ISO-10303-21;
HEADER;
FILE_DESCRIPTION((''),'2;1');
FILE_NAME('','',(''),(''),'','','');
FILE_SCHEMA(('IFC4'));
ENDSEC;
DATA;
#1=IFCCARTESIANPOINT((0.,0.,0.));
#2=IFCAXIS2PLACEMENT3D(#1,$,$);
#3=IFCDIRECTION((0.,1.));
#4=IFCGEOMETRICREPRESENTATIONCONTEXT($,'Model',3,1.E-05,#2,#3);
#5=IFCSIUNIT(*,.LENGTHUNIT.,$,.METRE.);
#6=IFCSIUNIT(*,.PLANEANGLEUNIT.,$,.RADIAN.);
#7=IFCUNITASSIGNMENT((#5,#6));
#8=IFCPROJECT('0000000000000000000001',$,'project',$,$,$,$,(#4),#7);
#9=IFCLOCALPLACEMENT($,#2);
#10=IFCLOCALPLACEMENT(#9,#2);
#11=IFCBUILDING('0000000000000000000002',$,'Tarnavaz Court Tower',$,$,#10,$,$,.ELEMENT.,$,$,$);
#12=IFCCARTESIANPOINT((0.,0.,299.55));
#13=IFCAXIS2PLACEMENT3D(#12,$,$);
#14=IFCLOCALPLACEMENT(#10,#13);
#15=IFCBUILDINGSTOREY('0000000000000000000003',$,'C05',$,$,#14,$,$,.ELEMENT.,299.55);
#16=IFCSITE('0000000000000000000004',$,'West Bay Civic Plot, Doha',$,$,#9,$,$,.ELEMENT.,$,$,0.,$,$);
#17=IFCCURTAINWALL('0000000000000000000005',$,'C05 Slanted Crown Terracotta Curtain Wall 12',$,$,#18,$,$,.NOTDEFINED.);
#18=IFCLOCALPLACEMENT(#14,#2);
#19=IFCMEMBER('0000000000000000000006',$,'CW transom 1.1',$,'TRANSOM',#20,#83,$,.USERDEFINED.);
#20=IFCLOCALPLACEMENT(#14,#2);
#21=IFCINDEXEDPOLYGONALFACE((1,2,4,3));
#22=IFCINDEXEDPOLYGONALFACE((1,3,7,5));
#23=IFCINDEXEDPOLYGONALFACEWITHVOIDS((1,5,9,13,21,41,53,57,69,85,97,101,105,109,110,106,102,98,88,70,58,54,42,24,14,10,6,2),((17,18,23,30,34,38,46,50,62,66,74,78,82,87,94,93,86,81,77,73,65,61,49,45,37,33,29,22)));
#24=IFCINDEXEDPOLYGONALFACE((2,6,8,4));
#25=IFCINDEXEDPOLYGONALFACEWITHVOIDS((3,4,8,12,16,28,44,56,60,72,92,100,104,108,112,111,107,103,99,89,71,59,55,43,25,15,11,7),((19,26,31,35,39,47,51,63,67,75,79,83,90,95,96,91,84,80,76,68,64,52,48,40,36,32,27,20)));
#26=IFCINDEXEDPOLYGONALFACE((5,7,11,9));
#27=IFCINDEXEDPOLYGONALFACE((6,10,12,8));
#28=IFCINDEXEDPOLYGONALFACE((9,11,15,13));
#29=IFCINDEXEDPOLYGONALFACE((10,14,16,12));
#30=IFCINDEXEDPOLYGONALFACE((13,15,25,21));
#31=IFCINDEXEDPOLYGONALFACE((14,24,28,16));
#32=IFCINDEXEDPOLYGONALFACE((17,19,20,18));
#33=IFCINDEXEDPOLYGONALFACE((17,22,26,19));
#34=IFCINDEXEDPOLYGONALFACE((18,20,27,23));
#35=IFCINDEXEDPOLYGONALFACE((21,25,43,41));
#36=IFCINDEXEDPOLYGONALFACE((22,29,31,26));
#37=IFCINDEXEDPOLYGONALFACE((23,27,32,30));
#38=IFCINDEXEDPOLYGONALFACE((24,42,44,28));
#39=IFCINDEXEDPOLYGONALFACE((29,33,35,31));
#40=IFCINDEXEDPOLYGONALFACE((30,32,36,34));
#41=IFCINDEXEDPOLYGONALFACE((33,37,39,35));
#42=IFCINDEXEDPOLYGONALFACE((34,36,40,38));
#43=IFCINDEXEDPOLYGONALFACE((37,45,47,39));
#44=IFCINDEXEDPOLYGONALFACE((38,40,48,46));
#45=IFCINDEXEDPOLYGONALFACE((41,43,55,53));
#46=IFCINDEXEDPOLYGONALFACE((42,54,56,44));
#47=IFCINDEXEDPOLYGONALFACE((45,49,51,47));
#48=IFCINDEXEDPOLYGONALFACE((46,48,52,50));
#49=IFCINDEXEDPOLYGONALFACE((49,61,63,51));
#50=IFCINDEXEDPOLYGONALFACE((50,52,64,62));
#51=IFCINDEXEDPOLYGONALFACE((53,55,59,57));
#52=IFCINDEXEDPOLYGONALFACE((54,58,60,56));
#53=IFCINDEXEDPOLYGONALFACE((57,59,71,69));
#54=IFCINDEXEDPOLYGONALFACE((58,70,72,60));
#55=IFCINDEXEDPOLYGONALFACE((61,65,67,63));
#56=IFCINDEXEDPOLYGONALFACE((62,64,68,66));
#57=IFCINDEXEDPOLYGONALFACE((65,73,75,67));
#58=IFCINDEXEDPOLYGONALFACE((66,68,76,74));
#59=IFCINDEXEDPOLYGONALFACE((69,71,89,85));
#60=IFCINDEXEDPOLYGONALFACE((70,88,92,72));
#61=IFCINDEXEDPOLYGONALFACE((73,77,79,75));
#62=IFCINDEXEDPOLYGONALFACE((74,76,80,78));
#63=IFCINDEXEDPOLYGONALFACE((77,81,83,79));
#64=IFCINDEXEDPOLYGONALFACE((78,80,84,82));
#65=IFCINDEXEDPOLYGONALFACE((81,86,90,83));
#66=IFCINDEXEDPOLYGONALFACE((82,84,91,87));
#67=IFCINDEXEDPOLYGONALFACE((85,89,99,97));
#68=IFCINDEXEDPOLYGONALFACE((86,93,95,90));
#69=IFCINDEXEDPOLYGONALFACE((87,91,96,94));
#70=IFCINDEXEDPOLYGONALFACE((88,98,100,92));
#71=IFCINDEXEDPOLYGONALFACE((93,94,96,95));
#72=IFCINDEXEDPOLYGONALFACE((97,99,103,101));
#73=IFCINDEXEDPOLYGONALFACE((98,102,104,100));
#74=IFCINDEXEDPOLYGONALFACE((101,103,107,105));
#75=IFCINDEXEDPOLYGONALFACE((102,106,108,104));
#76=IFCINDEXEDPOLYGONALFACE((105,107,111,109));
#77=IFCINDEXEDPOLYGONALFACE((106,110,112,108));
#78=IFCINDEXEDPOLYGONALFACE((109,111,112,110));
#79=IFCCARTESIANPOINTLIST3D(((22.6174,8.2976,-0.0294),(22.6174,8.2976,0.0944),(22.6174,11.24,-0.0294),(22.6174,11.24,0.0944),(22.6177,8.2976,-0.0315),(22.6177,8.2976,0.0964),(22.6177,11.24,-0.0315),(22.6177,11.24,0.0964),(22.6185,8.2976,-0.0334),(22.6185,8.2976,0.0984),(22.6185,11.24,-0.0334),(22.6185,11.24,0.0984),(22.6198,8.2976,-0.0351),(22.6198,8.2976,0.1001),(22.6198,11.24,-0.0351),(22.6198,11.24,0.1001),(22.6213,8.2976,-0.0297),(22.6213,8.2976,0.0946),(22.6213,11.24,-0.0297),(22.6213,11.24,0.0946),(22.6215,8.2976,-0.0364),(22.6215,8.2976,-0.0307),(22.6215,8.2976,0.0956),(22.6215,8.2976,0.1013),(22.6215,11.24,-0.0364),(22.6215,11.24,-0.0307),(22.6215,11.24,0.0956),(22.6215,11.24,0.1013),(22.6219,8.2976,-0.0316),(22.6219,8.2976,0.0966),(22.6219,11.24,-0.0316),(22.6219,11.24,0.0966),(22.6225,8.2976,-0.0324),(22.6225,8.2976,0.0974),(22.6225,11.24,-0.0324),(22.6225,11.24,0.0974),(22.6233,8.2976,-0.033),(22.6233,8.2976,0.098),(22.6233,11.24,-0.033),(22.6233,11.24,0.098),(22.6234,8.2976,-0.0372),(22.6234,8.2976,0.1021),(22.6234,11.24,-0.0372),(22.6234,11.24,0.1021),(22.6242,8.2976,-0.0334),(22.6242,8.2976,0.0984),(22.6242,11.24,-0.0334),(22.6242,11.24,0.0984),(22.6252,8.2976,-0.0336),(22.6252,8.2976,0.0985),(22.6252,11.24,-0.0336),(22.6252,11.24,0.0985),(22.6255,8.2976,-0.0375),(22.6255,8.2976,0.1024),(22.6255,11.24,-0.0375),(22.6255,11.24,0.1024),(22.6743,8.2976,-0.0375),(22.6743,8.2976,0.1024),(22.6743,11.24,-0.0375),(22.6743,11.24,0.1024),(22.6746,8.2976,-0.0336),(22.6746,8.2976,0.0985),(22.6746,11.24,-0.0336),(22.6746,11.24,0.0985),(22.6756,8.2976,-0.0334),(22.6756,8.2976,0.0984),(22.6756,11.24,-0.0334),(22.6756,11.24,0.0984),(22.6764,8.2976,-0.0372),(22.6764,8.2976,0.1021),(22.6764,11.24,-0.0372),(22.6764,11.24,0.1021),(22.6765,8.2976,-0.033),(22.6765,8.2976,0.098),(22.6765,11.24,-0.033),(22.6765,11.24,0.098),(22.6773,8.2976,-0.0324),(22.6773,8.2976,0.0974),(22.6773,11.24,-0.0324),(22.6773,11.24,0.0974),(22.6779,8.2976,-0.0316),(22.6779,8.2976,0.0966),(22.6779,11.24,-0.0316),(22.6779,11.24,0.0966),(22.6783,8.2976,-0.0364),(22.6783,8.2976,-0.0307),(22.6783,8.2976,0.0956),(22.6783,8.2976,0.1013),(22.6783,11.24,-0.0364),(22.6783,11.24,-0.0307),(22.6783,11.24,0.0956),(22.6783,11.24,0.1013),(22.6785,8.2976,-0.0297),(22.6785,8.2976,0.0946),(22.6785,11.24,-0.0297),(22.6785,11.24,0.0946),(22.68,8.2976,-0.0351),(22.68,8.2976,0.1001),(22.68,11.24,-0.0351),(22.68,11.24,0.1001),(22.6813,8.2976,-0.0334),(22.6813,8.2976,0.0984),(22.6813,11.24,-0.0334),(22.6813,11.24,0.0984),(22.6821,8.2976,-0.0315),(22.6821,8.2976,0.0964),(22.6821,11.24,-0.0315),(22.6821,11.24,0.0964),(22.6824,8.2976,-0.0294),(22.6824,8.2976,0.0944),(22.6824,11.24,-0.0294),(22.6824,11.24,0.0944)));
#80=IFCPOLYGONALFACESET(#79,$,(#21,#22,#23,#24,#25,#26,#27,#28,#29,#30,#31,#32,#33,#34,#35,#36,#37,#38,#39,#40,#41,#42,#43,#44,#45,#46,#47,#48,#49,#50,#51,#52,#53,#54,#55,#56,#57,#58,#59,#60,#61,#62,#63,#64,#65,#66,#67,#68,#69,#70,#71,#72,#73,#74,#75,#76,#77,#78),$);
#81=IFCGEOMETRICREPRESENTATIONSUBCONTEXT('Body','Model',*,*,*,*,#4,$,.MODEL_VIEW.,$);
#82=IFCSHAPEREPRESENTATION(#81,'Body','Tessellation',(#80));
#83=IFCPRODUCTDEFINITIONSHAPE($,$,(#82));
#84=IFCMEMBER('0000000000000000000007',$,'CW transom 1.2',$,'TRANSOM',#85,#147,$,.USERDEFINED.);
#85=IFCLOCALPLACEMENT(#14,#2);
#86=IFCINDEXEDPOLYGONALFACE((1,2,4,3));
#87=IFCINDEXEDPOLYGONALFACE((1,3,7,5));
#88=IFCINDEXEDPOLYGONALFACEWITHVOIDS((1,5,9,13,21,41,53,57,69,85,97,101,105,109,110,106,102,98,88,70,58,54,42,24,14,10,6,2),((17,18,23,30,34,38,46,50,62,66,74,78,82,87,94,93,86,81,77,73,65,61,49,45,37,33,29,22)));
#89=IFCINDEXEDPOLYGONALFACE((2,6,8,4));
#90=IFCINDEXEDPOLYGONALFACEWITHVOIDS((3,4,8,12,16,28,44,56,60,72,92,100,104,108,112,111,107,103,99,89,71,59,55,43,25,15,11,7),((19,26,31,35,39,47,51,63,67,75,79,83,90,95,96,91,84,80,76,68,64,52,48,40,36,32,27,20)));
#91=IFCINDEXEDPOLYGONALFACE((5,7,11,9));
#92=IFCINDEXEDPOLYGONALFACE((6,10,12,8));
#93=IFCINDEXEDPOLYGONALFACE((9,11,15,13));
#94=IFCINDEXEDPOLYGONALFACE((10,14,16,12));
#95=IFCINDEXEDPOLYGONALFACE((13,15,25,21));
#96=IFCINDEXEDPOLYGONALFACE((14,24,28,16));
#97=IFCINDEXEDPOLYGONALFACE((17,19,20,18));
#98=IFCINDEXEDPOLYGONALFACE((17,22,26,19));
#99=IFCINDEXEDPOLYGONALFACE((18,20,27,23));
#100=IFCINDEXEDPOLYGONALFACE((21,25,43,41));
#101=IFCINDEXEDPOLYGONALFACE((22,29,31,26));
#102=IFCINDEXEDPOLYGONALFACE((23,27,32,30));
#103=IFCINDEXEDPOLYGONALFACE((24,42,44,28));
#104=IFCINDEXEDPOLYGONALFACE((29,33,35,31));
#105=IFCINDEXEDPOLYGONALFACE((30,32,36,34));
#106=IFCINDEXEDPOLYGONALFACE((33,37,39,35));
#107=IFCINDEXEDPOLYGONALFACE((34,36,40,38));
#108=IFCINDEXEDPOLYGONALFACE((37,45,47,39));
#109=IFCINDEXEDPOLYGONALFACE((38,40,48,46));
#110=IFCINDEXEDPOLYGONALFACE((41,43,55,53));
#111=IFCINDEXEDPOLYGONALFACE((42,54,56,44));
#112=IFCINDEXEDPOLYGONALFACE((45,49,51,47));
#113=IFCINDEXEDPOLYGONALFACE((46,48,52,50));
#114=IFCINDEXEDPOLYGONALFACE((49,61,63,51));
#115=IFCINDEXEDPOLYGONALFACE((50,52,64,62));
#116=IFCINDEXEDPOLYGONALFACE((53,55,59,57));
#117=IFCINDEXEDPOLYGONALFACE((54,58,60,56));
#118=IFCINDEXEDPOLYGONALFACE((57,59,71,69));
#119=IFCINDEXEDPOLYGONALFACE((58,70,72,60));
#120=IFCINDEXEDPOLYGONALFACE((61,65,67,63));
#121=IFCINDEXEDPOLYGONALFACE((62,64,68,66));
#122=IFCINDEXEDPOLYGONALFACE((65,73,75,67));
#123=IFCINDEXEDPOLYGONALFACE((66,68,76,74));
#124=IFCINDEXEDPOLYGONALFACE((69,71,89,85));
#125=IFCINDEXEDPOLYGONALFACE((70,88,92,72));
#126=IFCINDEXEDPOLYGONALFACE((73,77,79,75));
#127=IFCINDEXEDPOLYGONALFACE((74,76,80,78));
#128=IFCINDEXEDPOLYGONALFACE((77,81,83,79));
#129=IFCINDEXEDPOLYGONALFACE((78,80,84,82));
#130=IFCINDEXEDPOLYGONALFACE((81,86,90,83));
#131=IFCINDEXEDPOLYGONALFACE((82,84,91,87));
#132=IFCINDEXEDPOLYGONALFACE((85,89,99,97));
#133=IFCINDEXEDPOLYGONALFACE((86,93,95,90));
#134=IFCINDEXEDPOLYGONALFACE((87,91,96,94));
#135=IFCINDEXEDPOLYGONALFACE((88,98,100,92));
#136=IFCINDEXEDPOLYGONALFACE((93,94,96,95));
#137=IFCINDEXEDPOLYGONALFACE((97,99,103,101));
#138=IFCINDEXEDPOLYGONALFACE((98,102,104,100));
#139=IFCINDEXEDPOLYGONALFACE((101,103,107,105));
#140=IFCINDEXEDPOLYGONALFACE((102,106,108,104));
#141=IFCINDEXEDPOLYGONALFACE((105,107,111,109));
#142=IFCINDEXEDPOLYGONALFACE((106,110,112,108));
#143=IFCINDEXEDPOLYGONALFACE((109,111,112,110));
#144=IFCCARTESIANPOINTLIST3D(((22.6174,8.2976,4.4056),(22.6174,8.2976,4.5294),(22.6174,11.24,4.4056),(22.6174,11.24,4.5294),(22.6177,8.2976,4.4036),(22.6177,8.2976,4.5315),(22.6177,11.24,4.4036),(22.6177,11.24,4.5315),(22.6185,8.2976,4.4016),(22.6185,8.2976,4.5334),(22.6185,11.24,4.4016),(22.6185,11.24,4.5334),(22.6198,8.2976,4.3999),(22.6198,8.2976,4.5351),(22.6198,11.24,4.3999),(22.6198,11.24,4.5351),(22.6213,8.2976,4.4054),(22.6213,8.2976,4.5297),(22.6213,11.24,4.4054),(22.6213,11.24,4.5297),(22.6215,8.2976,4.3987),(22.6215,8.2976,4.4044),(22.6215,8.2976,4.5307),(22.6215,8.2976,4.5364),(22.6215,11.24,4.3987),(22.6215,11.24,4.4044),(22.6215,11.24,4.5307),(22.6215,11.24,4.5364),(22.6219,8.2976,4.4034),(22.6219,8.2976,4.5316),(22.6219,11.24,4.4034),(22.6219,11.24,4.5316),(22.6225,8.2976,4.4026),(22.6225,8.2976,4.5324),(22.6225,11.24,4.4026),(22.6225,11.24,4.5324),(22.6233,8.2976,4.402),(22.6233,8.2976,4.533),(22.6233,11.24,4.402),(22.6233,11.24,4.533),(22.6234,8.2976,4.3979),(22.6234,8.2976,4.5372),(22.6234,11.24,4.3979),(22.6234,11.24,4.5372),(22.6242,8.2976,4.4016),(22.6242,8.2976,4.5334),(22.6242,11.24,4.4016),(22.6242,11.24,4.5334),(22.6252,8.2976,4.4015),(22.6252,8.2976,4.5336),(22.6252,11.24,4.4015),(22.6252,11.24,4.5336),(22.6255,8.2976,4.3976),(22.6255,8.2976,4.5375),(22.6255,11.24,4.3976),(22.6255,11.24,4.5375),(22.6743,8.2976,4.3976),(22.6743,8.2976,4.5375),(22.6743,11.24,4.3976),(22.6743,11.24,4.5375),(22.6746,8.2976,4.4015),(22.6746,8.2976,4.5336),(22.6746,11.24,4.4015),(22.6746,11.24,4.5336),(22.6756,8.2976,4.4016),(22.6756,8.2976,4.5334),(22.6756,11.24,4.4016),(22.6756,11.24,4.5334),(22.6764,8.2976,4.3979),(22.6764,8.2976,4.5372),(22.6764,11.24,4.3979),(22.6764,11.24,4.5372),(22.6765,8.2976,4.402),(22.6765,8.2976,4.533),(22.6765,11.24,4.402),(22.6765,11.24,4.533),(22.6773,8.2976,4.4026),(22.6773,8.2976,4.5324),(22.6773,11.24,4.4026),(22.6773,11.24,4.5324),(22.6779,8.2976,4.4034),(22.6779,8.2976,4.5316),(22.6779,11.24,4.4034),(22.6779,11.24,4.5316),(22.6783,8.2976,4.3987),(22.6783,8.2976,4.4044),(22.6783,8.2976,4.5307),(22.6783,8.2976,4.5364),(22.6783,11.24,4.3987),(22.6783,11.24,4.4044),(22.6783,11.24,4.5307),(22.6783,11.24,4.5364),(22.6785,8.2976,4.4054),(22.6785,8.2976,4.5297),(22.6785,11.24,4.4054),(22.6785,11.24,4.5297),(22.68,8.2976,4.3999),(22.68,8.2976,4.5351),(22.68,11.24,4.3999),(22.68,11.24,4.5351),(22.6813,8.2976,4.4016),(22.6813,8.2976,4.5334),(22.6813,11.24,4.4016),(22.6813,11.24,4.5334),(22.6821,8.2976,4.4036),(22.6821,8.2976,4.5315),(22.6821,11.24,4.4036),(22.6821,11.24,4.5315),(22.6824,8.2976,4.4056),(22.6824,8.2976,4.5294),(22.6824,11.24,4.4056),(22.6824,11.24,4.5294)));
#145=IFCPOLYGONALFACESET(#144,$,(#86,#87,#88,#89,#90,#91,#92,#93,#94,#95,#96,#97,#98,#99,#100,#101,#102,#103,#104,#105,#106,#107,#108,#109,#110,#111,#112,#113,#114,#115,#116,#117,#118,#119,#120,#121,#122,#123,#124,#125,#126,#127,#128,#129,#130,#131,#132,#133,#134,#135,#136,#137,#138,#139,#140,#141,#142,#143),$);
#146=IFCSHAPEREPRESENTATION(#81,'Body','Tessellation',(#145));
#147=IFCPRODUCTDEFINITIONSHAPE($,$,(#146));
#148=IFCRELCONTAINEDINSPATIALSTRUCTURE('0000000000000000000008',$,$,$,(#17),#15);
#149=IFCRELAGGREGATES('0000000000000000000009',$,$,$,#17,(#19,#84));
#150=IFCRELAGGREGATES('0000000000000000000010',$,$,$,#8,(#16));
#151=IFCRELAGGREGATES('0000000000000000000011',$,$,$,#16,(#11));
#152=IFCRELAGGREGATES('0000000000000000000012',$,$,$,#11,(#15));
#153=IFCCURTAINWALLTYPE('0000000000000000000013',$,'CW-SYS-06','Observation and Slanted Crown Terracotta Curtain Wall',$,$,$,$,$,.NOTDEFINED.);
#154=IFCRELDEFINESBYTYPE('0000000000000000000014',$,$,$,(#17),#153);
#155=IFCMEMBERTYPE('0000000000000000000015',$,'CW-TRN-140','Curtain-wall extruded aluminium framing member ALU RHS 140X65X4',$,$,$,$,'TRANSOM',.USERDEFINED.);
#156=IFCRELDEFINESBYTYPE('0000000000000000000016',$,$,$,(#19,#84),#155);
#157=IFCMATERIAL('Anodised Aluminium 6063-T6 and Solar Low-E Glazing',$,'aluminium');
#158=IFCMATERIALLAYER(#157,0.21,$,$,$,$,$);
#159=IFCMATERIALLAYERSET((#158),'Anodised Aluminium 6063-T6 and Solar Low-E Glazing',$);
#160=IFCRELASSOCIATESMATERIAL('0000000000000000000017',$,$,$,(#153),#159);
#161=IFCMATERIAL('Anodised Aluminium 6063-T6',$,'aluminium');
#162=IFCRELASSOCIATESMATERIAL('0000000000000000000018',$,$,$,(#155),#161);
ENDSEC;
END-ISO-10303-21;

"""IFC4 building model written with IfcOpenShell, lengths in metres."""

from ifc_helpers import new_model, si_unit, direction, frame, origin, origin_2d, place, context, subcontext, project, spatial, hollow_rectangle, extrude, material, layer, layer_set, material_profile, profile_set, type_object, element, aggregate, save


model = new_model("IFC4")

# Units and contexts
model_context = context("Model", 3, precision=1e-05, world=origin(), true_north=direction((0.0, 1.0)))
body_context = subcontext(model_context, "Body", "Model", "MODEL_VIEW")
ifc_project = project(units=[si_unit("LENGTHUNIT", "METRE"), si_unit("PLANEANGLEUNIT", "RADIAN")], contexts=[model_context])

# Site, building, storey
site_placement = place(None, origin())
site = spatial("IfcSite", under=ifc_project, at=site_placement, Name="West Bay Civic Plot, Doha", CompositionType="ELEMENT", RefElevation=0.0)
building_placement = place(site_placement, origin())
building = spatial("IfcBuilding", under=site, at=building_placement, Name="Tarnavaz Court Tower", CompositionType="ELEMENT")
storey_placement = place(building_placement, frame((0.0, 0.0, 299.55)))
storey = spatial("IfcBuildingStorey", under=building, at=storey_placement, Name="C05", CompositionType="ELEMENT", Elevation=299.55)

# Curtain wall
ifc_material_1 = material(Name="Anodised Aluminium 6063-T6 and Solar Low-E Glazing", Category="aluminium")
ifc_layer_1 = layer(ifc_material_1, 0.21)
ifc_layer_set_1 = layer_set([ifc_layer_1], Name="Anodised Aluminium 6063-T6 and Solar Low-E Glazing")
curtain_wall_type = type_object("IfcCurtainWallType", Name="CW-SYS-06", Description="Observation and Slanted Crown Terracotta Curtain Wall", PredefinedType="NOTDEFINED", material=ifc_layer_set_1)
curtain_wall_1_placement = place(storey_placement, origin())
curtain_wall_1 = element("IfcCurtainWall", 1, at=curtain_wall_1_placement, inside=storey, type_object=curtain_wall_type, Name="C05 Slanted Crown Terracotta Curtain Wall 12", PredefinedType="NOTDEFINED")
ifc_material_2 = material(Name="Anodised Aluminium 6063-T6", Category="aluminium")

# Members
ifc_material_profile_1 = material_profile(ifc_material_2, hollow_rectangle(XDim=0.0649, YDim=0.1399, WallThickness=0.0039, InnerFilletRadius=0.0039, OuterFilletRadius=0.0081, at=origin_2d()), Name="ALU RHS 140X65X4")
ifc_profile_set_1 = profile_set([ifc_material_profile_1], Name="Anodised Aluminium 6063-T6")
member_type_1 = type_object("IfcMemberType", Name="CW-TRN-140", Description="Curtain-wall extruded aluminium framing member ALU RHS 140X65X4", ElementType="TRANSOM", PredefinedType="USERDEFINED", material=ifc_profile_set_1)
member_1_placement = place(storey_placement, frame((22.6499, 11.24, 0.0325), z_axis=(0.0, -1.0, 0.0), x_axis=(1.0, 0.0, 0.0)))
member_1 = element("IfcMember", 2, at=member_1_placement, type_object=member_type_1, Name="CW transom 1.1", ObjectType="TRANSOM", PredefinedType="USERDEFINED", context=body_context, shape_type="SweptSolid", body=[
    extrude(hollow_rectangle(XDim=0.0649, YDim=0.1399, WallThickness=0.0039, InnerFilletRadius=0.0039, OuterFilletRadius=0.0081, at=origin_2d()), origin(), (0.0, 0.0, 1.0), 2.9424),
])
member_2_placement = place(storey_placement, frame((22.6499, 11.24, 4.4675), z_axis=(0.0, -1.0, 0.0), x_axis=(1.0, 0.0, 0.0)))
member_2 = element("IfcMember", 3, at=member_2_placement, type_object=member_type_1, Name="CW transom 1.2", ObjectType="TRANSOM", PredefinedType="USERDEFINED", context=body_context, shape_type="SweptSolid", body=[
    extrude(hollow_rectangle(XDim=0.0649, YDim=0.1399, WallThickness=0.0039, InnerFilletRadius=0.0039, OuterFilletRadius=0.0081, at=origin_2d()), origin(), (0.0, 0.0, 1.0), 2.9424),
])

aggregate(curtain_wall_1, [member_1, member_2])

save(model, "model.ifc")
